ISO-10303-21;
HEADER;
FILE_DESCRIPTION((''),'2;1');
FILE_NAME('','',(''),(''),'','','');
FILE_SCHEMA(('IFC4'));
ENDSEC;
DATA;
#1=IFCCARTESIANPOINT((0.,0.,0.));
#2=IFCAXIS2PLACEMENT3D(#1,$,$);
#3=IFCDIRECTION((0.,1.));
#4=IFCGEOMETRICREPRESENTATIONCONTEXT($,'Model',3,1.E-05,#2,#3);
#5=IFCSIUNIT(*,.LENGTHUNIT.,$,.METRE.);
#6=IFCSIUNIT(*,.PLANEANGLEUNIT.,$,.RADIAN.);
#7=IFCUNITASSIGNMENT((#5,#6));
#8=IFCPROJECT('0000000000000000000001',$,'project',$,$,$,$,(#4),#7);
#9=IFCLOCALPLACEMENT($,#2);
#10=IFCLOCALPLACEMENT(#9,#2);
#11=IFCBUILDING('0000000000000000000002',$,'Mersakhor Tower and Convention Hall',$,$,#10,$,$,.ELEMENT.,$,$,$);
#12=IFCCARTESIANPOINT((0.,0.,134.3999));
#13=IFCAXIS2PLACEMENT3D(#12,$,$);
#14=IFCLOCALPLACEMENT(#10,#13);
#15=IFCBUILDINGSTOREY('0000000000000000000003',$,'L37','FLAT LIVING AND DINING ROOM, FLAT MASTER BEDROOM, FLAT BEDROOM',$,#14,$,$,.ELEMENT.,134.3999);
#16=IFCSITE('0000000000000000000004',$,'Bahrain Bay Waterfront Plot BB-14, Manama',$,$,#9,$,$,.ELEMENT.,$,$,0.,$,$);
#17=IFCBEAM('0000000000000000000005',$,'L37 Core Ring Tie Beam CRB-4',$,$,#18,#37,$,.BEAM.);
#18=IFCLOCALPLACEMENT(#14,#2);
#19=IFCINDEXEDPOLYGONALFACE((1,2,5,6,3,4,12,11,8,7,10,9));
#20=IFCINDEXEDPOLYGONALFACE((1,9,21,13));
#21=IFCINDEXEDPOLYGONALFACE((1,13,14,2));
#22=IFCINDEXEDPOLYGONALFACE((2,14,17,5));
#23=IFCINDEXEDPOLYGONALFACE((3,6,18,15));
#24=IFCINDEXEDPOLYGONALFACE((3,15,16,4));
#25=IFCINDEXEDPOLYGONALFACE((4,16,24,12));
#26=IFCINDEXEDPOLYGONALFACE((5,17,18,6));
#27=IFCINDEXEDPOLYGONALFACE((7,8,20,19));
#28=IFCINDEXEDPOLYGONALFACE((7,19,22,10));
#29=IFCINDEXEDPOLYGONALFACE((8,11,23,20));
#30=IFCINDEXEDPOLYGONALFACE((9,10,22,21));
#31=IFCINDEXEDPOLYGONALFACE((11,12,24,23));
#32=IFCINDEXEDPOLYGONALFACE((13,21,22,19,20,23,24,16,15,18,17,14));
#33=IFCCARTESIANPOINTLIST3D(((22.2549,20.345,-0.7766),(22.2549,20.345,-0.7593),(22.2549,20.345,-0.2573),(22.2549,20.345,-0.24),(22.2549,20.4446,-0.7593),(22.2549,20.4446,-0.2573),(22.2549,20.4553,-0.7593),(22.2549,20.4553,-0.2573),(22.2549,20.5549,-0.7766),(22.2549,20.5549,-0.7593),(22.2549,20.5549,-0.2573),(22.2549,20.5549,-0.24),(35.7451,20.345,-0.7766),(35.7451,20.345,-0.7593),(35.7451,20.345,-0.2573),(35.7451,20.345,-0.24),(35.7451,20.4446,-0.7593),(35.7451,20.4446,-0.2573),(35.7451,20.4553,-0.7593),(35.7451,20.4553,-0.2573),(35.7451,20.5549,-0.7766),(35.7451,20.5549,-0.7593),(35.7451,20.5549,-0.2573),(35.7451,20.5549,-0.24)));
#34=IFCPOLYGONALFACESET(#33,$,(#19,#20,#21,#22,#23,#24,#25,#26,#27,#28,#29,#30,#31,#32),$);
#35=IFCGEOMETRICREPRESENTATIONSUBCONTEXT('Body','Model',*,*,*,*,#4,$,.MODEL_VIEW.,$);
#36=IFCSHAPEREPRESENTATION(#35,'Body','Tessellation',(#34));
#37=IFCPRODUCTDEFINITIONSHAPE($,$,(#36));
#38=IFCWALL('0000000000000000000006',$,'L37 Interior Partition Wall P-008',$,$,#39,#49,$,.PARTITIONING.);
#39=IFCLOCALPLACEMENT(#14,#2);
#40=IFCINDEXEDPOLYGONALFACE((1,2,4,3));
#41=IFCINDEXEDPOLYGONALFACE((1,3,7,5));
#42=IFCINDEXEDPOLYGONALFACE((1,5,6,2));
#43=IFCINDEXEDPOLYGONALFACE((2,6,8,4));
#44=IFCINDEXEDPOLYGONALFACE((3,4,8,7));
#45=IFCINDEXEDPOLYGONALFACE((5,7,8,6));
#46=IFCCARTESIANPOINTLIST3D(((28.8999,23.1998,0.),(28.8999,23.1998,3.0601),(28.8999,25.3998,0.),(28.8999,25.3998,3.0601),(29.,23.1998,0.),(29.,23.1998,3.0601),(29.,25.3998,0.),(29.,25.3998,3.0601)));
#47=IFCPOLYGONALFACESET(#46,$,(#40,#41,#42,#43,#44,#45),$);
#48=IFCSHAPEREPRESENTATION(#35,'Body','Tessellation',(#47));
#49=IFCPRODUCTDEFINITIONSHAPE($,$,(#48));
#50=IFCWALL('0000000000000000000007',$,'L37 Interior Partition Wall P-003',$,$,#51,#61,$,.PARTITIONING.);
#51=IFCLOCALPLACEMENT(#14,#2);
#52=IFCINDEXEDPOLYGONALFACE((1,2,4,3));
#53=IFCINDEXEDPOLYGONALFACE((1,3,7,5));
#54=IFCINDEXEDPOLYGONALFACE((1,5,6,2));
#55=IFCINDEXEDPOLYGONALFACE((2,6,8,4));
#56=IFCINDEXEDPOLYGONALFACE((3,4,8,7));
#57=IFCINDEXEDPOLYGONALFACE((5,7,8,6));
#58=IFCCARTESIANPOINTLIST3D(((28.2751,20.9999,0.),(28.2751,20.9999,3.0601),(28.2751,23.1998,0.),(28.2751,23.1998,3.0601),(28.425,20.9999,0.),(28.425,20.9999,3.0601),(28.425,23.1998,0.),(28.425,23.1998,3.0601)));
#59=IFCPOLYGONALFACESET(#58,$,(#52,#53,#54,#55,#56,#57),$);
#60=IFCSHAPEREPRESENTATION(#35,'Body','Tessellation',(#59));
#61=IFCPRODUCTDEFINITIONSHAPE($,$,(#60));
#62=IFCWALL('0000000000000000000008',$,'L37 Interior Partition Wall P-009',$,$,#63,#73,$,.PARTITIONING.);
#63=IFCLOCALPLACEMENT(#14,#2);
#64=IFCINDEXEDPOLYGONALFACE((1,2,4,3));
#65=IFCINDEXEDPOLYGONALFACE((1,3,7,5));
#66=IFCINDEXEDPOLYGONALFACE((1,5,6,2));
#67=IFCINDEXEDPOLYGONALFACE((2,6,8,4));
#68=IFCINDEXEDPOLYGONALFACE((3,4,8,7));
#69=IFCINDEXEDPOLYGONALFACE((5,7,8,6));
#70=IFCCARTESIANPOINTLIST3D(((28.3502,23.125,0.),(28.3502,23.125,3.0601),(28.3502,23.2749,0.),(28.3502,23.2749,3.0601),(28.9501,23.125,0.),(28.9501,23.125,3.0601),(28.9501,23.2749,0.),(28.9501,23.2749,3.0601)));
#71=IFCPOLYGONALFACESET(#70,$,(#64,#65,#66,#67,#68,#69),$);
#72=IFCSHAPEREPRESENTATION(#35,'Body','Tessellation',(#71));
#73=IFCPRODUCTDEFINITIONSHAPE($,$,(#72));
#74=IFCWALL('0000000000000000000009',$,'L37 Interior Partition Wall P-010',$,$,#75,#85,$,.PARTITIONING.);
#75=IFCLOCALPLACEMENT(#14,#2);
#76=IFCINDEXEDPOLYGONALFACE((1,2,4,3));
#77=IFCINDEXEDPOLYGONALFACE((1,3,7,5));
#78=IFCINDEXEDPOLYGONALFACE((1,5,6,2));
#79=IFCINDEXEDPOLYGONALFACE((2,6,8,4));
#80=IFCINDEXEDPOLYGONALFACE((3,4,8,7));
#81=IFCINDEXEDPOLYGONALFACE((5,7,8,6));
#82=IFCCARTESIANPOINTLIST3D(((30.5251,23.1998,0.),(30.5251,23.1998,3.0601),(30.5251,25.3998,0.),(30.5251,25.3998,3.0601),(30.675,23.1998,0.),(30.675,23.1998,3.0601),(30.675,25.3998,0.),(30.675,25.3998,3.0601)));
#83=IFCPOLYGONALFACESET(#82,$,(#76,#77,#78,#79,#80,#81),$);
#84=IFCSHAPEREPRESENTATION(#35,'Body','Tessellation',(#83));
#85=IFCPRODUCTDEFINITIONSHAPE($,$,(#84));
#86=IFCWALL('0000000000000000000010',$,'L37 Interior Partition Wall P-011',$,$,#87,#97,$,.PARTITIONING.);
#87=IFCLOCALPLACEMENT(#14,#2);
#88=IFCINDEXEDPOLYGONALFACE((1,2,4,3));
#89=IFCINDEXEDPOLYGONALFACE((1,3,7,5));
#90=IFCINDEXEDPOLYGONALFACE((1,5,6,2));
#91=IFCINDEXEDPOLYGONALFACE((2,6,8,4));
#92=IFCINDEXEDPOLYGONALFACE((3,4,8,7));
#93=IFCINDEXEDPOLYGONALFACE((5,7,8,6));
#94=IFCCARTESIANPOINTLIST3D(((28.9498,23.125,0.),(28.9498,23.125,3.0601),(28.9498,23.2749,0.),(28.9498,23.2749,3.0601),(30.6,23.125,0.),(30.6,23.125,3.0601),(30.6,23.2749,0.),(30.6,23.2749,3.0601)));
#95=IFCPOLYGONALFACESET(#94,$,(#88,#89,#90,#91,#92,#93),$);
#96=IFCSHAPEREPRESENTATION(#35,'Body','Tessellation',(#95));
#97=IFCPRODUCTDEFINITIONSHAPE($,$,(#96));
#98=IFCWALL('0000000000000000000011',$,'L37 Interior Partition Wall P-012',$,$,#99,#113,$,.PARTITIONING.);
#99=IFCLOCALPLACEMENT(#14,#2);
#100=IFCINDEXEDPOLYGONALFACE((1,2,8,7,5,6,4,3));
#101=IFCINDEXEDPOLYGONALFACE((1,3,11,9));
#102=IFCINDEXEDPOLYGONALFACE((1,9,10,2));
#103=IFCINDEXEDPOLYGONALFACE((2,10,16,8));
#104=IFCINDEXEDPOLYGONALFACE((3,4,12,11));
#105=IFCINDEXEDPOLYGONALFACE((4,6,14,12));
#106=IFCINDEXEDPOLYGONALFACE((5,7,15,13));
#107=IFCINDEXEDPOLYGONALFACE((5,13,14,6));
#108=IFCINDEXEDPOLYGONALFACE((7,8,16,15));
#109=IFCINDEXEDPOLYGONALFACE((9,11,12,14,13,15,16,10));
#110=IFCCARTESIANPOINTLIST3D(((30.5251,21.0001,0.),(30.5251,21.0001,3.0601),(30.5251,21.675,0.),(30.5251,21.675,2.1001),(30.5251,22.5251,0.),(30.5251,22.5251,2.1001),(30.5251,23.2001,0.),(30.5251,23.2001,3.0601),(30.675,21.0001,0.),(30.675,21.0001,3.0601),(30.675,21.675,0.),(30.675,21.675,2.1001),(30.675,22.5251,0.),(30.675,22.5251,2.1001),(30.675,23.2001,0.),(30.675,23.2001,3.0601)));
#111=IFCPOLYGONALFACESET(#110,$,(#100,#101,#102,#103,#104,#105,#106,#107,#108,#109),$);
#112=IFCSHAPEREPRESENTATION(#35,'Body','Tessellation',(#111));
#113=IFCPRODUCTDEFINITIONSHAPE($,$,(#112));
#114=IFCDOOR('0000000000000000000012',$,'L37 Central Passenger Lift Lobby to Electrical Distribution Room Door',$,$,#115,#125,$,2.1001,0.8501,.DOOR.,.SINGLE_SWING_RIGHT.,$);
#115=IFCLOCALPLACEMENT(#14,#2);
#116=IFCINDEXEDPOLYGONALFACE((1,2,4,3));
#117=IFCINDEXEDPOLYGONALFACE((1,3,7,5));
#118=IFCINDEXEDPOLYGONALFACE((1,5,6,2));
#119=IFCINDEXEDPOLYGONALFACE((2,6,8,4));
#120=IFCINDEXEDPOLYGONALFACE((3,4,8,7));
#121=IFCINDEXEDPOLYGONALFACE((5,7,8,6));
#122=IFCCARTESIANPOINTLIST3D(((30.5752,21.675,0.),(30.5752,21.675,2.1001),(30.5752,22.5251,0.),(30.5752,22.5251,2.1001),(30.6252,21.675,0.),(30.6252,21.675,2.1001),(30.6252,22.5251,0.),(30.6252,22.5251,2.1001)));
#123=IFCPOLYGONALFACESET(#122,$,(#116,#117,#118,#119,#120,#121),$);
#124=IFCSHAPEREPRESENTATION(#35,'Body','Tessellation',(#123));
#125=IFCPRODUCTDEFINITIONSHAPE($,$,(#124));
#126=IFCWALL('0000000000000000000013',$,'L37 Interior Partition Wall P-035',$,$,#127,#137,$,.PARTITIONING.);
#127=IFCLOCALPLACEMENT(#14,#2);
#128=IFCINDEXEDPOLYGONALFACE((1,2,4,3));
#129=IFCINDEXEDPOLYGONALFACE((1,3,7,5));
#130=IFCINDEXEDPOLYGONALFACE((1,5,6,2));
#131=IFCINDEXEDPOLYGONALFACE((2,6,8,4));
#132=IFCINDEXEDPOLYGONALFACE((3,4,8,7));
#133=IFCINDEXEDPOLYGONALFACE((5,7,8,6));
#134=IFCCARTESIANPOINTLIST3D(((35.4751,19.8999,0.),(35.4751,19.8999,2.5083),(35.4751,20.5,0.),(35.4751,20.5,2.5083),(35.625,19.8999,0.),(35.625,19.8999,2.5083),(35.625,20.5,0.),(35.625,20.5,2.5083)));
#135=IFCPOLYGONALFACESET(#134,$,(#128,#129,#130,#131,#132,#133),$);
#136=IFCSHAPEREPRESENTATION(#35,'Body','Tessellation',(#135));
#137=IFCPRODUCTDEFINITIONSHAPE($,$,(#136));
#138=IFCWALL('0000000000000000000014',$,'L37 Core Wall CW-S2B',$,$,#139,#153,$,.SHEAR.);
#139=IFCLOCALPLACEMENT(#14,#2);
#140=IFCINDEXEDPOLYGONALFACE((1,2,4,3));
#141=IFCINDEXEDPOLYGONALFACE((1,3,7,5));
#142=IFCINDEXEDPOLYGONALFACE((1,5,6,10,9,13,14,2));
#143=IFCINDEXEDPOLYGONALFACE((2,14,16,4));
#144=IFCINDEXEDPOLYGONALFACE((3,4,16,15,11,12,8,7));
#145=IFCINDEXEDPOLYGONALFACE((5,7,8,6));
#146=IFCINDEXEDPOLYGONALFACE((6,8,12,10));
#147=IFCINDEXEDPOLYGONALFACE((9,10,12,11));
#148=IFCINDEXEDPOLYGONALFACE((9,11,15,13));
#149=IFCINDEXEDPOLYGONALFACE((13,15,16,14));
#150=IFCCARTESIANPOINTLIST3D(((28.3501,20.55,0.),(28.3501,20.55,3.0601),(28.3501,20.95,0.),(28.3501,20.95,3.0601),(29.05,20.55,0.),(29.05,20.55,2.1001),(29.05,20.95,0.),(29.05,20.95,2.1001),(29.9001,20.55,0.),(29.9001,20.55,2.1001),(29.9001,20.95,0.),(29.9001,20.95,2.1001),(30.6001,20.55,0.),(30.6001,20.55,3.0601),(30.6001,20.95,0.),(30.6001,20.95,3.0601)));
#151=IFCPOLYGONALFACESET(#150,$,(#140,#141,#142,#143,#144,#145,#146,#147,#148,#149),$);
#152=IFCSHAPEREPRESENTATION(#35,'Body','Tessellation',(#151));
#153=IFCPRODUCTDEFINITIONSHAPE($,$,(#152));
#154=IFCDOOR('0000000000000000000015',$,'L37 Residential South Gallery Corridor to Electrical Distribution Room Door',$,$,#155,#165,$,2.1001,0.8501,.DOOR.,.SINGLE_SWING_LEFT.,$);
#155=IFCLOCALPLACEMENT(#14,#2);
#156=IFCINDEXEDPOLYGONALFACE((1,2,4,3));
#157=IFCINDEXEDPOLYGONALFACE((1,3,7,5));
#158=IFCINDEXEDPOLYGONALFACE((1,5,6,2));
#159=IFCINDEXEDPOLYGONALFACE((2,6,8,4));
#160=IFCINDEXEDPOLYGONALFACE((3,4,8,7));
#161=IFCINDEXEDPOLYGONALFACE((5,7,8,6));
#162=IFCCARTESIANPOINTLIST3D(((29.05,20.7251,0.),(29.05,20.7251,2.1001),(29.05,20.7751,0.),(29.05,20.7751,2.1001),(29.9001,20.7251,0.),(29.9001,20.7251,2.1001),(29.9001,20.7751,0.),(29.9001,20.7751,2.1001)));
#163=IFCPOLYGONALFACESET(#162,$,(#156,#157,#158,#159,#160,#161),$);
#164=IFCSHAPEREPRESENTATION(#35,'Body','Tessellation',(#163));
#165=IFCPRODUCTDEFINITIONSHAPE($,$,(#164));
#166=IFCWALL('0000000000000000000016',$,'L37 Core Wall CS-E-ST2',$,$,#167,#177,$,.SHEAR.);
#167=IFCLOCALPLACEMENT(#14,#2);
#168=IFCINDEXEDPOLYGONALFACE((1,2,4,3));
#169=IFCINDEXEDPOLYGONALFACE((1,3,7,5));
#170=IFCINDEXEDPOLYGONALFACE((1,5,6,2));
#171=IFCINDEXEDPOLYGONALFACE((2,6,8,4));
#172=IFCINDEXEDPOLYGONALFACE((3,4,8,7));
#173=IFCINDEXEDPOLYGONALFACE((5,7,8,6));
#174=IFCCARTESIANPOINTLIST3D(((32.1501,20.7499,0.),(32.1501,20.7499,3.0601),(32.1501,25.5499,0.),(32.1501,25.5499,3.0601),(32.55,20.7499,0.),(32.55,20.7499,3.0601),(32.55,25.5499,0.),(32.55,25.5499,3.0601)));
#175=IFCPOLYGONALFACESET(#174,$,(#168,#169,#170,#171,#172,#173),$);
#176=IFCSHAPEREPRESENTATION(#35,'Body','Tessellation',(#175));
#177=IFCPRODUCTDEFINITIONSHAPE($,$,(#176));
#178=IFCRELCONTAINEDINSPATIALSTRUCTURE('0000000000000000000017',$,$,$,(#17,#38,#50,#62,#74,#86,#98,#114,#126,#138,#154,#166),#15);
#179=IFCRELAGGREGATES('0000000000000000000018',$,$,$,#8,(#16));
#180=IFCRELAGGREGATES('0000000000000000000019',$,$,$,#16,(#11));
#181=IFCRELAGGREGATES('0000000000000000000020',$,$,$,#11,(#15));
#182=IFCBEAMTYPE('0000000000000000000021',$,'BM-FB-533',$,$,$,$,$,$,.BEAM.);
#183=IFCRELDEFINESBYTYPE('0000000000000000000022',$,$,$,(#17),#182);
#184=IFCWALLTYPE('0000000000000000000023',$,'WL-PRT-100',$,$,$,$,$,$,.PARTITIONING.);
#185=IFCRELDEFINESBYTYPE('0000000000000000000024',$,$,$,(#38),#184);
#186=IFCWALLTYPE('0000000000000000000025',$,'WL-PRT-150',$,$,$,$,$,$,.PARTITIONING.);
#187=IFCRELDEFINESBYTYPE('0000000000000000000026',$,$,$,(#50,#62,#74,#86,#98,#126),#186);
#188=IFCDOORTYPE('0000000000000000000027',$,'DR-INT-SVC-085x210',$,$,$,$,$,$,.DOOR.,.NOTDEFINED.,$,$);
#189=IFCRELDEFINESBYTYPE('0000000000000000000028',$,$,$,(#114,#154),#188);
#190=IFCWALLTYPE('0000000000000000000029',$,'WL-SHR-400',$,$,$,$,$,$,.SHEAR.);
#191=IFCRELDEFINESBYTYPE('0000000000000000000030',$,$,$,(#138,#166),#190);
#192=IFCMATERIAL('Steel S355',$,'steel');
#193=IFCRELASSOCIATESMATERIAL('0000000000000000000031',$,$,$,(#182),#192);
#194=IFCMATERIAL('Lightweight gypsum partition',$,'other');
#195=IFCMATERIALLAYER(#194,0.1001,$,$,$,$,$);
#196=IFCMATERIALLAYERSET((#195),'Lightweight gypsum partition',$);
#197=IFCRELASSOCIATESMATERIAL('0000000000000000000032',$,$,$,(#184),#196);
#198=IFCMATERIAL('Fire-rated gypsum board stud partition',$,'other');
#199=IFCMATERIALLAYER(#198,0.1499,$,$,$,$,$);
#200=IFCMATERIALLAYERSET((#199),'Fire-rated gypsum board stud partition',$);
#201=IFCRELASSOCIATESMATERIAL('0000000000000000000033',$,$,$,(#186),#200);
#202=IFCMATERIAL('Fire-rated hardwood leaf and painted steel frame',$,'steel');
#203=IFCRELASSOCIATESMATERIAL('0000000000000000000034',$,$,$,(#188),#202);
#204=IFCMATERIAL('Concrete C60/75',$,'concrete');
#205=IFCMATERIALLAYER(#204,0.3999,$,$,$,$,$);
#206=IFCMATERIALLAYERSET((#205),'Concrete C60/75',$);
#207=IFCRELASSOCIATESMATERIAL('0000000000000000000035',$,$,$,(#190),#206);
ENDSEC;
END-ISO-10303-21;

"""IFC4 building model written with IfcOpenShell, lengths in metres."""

from ifc_helpers import new_model, si_unit, direction, frame, frame_2d, origin, origin_2d, place, context, subcontext, project, spatial, rectangle, i_section, extrude, material, layer, layer_set, material_profile, profile_set, type_object, element, fill, save


model = new_model("IFC4")

# Units and contexts
model_context = context("Model", 3, precision=1e-05, world=origin(), true_north=direction((0.0, 1.0)))
body_context = subcontext(model_context, "Body", "Model", "MODEL_VIEW")
ifc_project = project(units=[si_unit("LENGTHUNIT", "METRE"), si_unit("PLANEANGLEUNIT", "RADIAN")], contexts=[model_context])

# Site, building, storey
site_placement = place(None, origin())
site = spatial("IfcSite", under=ifc_project, at=site_placement, Name="Bahrain Bay Waterfront Plot BB-14, Manama", CompositionType="ELEMENT", RefElevation=0.0)
building_placement = place(site_placement, origin())
building = spatial("IfcBuilding", under=site, at=building_placement, Name="Mersakhor Tower and Convention Hall", CompositionType="ELEMENT")
storey_placement = place(building_placement, frame((0.0, 0.0, 134.3999)))
storey = spatial("IfcBuildingStorey", under=building, at=storey_placement, Name="L37", Description="FLAT LIVING AND DINING ROOM, FLAT MASTER BEDROOM, FLAT BEDROOM", CompositionType="ELEMENT", Elevation=134.3999)

# Beam
ifc_material_1 = material(Name="Steel S355", Category="steel")
ifc_material_profile = material_profile(ifc_material_1, i_section(OverallWidth=0.21, OverallDepth=0.5366, WebThickness=0.0107, FlangeThickness=0.0173, at=origin_2d()), Name="UB 533x210x101")
ifc_profile_set = profile_set([ifc_material_profile], Name="Steel S355")
beam_type = type_object("IfcBeamType", Name="BM-FB-533", PredefinedType="BEAM", material=ifc_profile_set)
beam_placement = place(storey_placement, frame((35.7451, 20.45, -0.5083), z_axis=(-1.0, 0.0, 0.0), x_axis=(0.0, -1.0, 0.0)))
element("IfcBeam", 1, at=beam_placement, inside=storey, type_object=beam_type, Name="L37 Core Ring Tie Beam CRB-4", PredefinedType="BEAM", context=body_context, shape_type="SweptSolid", body=[
    extrude(i_section(OverallWidth=0.21, OverallDepth=0.5366, WebThickness=0.0107, FlangeThickness=0.0173, at=origin_2d()), origin(), (0.0, 0.0, 1.0), 13.4902),
])

# Walls
ifc_material_2 = material(Name="Lightweight gypsum partition", Category="other")
ifc_layer_1 = layer(ifc_material_2, 0.1001)
ifc_layer_set_1 = layer_set([ifc_layer_1], Name="Lightweight gypsum partition")
wall_type_1 = type_object("IfcWallType", Name="WL-PRT-100", PredefinedType="PARTITIONING", material=ifc_layer_set_1)
wall_1_placement = place(storey_placement, frame((28.95, 25.3999, 0.0), z_axis=(0.0, 0.0, 1.0), x_axis=(0.0, -1.0, 0.0)))
element("IfcWall", 2, at=wall_1_placement, inside=storey, type_object=wall_type_1, Name="L37 Interior Partition Wall P-008", PredefinedType="PARTITIONING", context=body_context, shape_type="SweptSolid", body=[
    extrude(rectangle(XDim=2.2, YDim=0.1001, at=frame_2d((1.1001, 0.0))), origin(), (0.0, 0.0, 1.0), 3.0601),
])
ifc_material_3 = material(Name="Fire-rated gypsum board stud partition", Category="other")
ifc_layer_2 = layer(ifc_material_3, 0.1499)
ifc_layer_set_2 = layer_set([ifc_layer_2], Name="Fire-rated gypsum board stud partition")
wall_type_2 = type_object("IfcWallType", Name="WL-PRT-150", PredefinedType="PARTITIONING", material=ifc_layer_set_2)
wall_2_placement = place(storey_placement, frame((28.3501, 23.2, 0.0), z_axis=(0.0, 0.0, 1.0), x_axis=(0.0, -1.0, 0.0)))
element("IfcWall", 3, at=wall_2_placement, inside=storey, type_object=wall_type_2, Name="L37 Interior Partition Wall P-003", PredefinedType="PARTITIONING", context=body_context, shape_type="SweptSolid", body=[
    extrude(rectangle(XDim=2.2, YDim=0.1499, at=frame_2d((1.1001, 0.0))), origin(), (0.0, 0.0, 1.0), 3.0601),
])
wall_3_placement = place(storey_placement, frame((28.95, 23.2, 0.0), z_axis=(0.0, 0.0, 1.0), x_axis=(-1.0, 0.0, 0.0)))
element("IfcWall", 4, at=wall_3_placement, inside=storey, type_object=wall_type_2, Name="L37 Interior Partition Wall P-009", PredefinedType="PARTITIONING", context=body_context, shape_type="SweptSolid", body=[
    extrude(rectangle(XDim=0.5999, YDim=0.1499, at=frame_2d((0.2998, 0.0))), origin(), (0.0, 0.0, 1.0), 3.0601),
])
wall_4_placement = place(storey_placement, frame((30.6001, 25.3999, 0.0), z_axis=(0.0, 0.0, 1.0), x_axis=(0.0, -1.0, 0.0)))
element("IfcWall", 5, at=wall_4_placement, inside=storey, type_object=wall_type_2, Name="L37 Interior Partition Wall P-010", PredefinedType="PARTITIONING", context=body_context, shape_type="SweptSolid", body=[
    extrude(rectangle(XDim=2.2, YDim=0.1499, at=frame_2d((1.1001, 0.0))), origin(), (0.0, 0.0, 1.0), 3.0601),
])
wall_5_placement = place(storey_placement, frame((30.6001, 23.2, 0.0), z_axis=(0.0, 0.0, 1.0), x_axis=(-1.0, 0.0, 0.0)))
element("IfcWall", 6, at=wall_5_placement, inside=storey, type_object=wall_type_2, Name="L37 Interior Partition Wall P-011", PredefinedType="PARTITIONING", context=body_context, shape_type="SweptSolid", body=[
    extrude(rectangle(XDim=1.6501, YDim=0.1499, at=frame_2d((0.8252, 0.0))), origin(), (0.0, 0.0, 1.0), 3.0601),
])

# Wall, opening, door
wall_6_placement = place(storey_placement, frame((30.6001, 21.0, 0.0), z_axis=(0.0, 0.0, 1.0), x_axis=(0.0, 1.0, 0.0)))
wall_6 = element("IfcWall", 7, at=wall_6_placement, inside=storey, type_object=wall_type_2, Name="L37 Interior Partition Wall P-012", PredefinedType="PARTITIONING", context=body_context, shape_type="SweptSolid", body=[
    extrude(rectangle(XDim=2.2, YDim=0.1499, at=frame_2d((1.1001, 0.0))), origin(), (0.0, 0.0, 1.0), 3.0601),
])
opening_1_placement = place(wall_6_placement, frame((0.675, 0.0, 0.0)))
opening_1 = element("IfcOpeningElement", 8, at=opening_1_placement, cuts=wall_6, PredefinedType="OPENING", context=body_context, shape_type="SweptSolid", body=[
    extrude(rectangle(XDim=0.8501, YDim=2.1001, at=frame_2d((0.425, 1.05))), frame((0.0, 0.085, 0.0), z_axis=(0.0, -1.0, 0.0), x_axis=(1.0, 0.0, 0.0)), (0.0, 0.0, 1.0), 0.1699),
])
ifc_material_4 = material(Name="Fire-rated hardwood leaf and painted steel frame", Category="steel")
door_type_1 = type_object("IfcDoorType", Name="DR-INT-SVC-085x210", OperationType="NOTDEFINED", PredefinedType="DOOR", material=ifc_material_4)
door_1_placement = place(opening_1_placement, origin())
door_1 = element("IfcDoor", 9, at=door_1_placement, inside=storey, type_object=door_type_1, Name="L37 Central Passenger Lift Lobby to Electrical Distribution Room Door", OperationType="SINGLE_SWING_RIGHT", OverallHeight=2.1001, OverallWidth=0.8501, PredefinedType="DOOR", context=body_context, shape_type="SweptSolid", body=[
    extrude(rectangle(XDim=0.8501, YDim=2.1001, at=frame_2d((0.425, 1.05))), frame((0.0, 0.0249, 0.0), z_axis=(0.0, -1.0, 0.0), x_axis=(1.0, 0.0, 0.0)), (0.0, 0.0, 1.0), 0.05),
])
fill(opening_1, door_1)

# Wall
wall_7_placement = place(storey_placement, frame((35.55, 20.5, 0.0), z_axis=(0.0, 0.0, 1.0), x_axis=(0.0, -1.0, 0.0)))
element("IfcWall", 10, at=wall_7_placement, inside=storey, type_object=wall_type_2, Name="L37 Interior Partition Wall P-035", PredefinedType="PARTITIONING", context=body_context, shape_type="SweptSolid", body=[
    extrude(rectangle(XDim=0.6001, YDim=0.1499, at=frame_2d((0.3, 0.0))), origin(), (0.0, 0.0, 1.0), 2.5083),
])

# Wall, opening, door
ifc_material_5 = material(Name="Concrete C60/75", Category="concrete")
ifc_layer_3 = layer(ifc_material_5, 0.3999)
ifc_layer_set_3 = layer_set([ifc_layer_3], Name="Concrete C60/75")
wall_type_3 = type_object("IfcWallType", Name="WL-SHR-400", PredefinedType="SHEAR", material=ifc_layer_set_3)
wall_8_placement = place(storey_placement, frame((30.6001, 20.75, 0.0), z_axis=(0.0, 0.0, 1.0), x_axis=(-1.0, 0.0, 0.0)))
wall_8 = element("IfcWall", 11, at=wall_8_placement, inside=storey, type_object=wall_type_3, Name="L37 Core Wall CW-S2B", PredefinedType="SHEAR", context=body_context, shape_type="SweptSolid", body=[
    extrude(rectangle(XDim=2.25, YDim=0.3999, at=frame_2d((1.125, 0.0))), origin(), (0.0, 0.0, 1.0), 3.0601),
])
opening_2_placement = place(wall_8_placement, frame((0.7, 0.0, 0.0)))
opening_2 = element("IfcOpeningElement", 12, at=opening_2_placement, cuts=wall_8, PredefinedType="OPENING", context=body_context, shape_type="SweptSolid", body=[
    extrude(rectangle(XDim=0.8501, YDim=2.1001, at=frame_2d((0.425, 1.05))), frame((0.0, 0.21, 0.0), z_axis=(0.0, -1.0, 0.0), x_axis=(1.0, 0.0, 0.0)), (0.0, 0.0, 1.0), 0.4199),
])
door_2_placement = place(opening_2_placement, origin())
door_2 = element("IfcDoor", 13, at=door_2_placement, inside=storey, type_object=door_type_1, Name="L37 Residential South Gallery Corridor to Electrical Distribution Room Door", OperationType="SINGLE_SWING_LEFT", OverallHeight=2.1001, OverallWidth=0.8501, PredefinedType="DOOR", context=body_context, shape_type="SweptSolid", body=[
    extrude(rectangle(XDim=0.8501, YDim=2.1001, at=frame_2d((0.425, 1.05))), frame((0.0, 0.0249, 0.0), z_axis=(0.0, -1.0, 0.0), x_axis=(1.0, 0.0, 0.0)), (0.0, 0.0, 1.0), 0.05),
])
fill(opening_2, door_2)

# Wall
wall_9_placement = place(storey_placement, frame((32.3501, 20.75, 0.0), z_axis=(0.0, 0.0, 1.0), x_axis=(0.0, 1.0, 0.0)))
element("IfcWall", 14, at=wall_9_placement, inside=storey, type_object=wall_type_3, Name="L37 Core Wall CS-E-ST2", PredefinedType="SHEAR", context=body_context, shape_type="SweptSolid", body=[
    extrude(rectangle(XDim=4.8, YDim=0.3999, at=frame_2d((2.3999, 0.0))), origin(), (0.0, 0.0, 1.0), 3.0601),
])

save(model, "model.ifc")
